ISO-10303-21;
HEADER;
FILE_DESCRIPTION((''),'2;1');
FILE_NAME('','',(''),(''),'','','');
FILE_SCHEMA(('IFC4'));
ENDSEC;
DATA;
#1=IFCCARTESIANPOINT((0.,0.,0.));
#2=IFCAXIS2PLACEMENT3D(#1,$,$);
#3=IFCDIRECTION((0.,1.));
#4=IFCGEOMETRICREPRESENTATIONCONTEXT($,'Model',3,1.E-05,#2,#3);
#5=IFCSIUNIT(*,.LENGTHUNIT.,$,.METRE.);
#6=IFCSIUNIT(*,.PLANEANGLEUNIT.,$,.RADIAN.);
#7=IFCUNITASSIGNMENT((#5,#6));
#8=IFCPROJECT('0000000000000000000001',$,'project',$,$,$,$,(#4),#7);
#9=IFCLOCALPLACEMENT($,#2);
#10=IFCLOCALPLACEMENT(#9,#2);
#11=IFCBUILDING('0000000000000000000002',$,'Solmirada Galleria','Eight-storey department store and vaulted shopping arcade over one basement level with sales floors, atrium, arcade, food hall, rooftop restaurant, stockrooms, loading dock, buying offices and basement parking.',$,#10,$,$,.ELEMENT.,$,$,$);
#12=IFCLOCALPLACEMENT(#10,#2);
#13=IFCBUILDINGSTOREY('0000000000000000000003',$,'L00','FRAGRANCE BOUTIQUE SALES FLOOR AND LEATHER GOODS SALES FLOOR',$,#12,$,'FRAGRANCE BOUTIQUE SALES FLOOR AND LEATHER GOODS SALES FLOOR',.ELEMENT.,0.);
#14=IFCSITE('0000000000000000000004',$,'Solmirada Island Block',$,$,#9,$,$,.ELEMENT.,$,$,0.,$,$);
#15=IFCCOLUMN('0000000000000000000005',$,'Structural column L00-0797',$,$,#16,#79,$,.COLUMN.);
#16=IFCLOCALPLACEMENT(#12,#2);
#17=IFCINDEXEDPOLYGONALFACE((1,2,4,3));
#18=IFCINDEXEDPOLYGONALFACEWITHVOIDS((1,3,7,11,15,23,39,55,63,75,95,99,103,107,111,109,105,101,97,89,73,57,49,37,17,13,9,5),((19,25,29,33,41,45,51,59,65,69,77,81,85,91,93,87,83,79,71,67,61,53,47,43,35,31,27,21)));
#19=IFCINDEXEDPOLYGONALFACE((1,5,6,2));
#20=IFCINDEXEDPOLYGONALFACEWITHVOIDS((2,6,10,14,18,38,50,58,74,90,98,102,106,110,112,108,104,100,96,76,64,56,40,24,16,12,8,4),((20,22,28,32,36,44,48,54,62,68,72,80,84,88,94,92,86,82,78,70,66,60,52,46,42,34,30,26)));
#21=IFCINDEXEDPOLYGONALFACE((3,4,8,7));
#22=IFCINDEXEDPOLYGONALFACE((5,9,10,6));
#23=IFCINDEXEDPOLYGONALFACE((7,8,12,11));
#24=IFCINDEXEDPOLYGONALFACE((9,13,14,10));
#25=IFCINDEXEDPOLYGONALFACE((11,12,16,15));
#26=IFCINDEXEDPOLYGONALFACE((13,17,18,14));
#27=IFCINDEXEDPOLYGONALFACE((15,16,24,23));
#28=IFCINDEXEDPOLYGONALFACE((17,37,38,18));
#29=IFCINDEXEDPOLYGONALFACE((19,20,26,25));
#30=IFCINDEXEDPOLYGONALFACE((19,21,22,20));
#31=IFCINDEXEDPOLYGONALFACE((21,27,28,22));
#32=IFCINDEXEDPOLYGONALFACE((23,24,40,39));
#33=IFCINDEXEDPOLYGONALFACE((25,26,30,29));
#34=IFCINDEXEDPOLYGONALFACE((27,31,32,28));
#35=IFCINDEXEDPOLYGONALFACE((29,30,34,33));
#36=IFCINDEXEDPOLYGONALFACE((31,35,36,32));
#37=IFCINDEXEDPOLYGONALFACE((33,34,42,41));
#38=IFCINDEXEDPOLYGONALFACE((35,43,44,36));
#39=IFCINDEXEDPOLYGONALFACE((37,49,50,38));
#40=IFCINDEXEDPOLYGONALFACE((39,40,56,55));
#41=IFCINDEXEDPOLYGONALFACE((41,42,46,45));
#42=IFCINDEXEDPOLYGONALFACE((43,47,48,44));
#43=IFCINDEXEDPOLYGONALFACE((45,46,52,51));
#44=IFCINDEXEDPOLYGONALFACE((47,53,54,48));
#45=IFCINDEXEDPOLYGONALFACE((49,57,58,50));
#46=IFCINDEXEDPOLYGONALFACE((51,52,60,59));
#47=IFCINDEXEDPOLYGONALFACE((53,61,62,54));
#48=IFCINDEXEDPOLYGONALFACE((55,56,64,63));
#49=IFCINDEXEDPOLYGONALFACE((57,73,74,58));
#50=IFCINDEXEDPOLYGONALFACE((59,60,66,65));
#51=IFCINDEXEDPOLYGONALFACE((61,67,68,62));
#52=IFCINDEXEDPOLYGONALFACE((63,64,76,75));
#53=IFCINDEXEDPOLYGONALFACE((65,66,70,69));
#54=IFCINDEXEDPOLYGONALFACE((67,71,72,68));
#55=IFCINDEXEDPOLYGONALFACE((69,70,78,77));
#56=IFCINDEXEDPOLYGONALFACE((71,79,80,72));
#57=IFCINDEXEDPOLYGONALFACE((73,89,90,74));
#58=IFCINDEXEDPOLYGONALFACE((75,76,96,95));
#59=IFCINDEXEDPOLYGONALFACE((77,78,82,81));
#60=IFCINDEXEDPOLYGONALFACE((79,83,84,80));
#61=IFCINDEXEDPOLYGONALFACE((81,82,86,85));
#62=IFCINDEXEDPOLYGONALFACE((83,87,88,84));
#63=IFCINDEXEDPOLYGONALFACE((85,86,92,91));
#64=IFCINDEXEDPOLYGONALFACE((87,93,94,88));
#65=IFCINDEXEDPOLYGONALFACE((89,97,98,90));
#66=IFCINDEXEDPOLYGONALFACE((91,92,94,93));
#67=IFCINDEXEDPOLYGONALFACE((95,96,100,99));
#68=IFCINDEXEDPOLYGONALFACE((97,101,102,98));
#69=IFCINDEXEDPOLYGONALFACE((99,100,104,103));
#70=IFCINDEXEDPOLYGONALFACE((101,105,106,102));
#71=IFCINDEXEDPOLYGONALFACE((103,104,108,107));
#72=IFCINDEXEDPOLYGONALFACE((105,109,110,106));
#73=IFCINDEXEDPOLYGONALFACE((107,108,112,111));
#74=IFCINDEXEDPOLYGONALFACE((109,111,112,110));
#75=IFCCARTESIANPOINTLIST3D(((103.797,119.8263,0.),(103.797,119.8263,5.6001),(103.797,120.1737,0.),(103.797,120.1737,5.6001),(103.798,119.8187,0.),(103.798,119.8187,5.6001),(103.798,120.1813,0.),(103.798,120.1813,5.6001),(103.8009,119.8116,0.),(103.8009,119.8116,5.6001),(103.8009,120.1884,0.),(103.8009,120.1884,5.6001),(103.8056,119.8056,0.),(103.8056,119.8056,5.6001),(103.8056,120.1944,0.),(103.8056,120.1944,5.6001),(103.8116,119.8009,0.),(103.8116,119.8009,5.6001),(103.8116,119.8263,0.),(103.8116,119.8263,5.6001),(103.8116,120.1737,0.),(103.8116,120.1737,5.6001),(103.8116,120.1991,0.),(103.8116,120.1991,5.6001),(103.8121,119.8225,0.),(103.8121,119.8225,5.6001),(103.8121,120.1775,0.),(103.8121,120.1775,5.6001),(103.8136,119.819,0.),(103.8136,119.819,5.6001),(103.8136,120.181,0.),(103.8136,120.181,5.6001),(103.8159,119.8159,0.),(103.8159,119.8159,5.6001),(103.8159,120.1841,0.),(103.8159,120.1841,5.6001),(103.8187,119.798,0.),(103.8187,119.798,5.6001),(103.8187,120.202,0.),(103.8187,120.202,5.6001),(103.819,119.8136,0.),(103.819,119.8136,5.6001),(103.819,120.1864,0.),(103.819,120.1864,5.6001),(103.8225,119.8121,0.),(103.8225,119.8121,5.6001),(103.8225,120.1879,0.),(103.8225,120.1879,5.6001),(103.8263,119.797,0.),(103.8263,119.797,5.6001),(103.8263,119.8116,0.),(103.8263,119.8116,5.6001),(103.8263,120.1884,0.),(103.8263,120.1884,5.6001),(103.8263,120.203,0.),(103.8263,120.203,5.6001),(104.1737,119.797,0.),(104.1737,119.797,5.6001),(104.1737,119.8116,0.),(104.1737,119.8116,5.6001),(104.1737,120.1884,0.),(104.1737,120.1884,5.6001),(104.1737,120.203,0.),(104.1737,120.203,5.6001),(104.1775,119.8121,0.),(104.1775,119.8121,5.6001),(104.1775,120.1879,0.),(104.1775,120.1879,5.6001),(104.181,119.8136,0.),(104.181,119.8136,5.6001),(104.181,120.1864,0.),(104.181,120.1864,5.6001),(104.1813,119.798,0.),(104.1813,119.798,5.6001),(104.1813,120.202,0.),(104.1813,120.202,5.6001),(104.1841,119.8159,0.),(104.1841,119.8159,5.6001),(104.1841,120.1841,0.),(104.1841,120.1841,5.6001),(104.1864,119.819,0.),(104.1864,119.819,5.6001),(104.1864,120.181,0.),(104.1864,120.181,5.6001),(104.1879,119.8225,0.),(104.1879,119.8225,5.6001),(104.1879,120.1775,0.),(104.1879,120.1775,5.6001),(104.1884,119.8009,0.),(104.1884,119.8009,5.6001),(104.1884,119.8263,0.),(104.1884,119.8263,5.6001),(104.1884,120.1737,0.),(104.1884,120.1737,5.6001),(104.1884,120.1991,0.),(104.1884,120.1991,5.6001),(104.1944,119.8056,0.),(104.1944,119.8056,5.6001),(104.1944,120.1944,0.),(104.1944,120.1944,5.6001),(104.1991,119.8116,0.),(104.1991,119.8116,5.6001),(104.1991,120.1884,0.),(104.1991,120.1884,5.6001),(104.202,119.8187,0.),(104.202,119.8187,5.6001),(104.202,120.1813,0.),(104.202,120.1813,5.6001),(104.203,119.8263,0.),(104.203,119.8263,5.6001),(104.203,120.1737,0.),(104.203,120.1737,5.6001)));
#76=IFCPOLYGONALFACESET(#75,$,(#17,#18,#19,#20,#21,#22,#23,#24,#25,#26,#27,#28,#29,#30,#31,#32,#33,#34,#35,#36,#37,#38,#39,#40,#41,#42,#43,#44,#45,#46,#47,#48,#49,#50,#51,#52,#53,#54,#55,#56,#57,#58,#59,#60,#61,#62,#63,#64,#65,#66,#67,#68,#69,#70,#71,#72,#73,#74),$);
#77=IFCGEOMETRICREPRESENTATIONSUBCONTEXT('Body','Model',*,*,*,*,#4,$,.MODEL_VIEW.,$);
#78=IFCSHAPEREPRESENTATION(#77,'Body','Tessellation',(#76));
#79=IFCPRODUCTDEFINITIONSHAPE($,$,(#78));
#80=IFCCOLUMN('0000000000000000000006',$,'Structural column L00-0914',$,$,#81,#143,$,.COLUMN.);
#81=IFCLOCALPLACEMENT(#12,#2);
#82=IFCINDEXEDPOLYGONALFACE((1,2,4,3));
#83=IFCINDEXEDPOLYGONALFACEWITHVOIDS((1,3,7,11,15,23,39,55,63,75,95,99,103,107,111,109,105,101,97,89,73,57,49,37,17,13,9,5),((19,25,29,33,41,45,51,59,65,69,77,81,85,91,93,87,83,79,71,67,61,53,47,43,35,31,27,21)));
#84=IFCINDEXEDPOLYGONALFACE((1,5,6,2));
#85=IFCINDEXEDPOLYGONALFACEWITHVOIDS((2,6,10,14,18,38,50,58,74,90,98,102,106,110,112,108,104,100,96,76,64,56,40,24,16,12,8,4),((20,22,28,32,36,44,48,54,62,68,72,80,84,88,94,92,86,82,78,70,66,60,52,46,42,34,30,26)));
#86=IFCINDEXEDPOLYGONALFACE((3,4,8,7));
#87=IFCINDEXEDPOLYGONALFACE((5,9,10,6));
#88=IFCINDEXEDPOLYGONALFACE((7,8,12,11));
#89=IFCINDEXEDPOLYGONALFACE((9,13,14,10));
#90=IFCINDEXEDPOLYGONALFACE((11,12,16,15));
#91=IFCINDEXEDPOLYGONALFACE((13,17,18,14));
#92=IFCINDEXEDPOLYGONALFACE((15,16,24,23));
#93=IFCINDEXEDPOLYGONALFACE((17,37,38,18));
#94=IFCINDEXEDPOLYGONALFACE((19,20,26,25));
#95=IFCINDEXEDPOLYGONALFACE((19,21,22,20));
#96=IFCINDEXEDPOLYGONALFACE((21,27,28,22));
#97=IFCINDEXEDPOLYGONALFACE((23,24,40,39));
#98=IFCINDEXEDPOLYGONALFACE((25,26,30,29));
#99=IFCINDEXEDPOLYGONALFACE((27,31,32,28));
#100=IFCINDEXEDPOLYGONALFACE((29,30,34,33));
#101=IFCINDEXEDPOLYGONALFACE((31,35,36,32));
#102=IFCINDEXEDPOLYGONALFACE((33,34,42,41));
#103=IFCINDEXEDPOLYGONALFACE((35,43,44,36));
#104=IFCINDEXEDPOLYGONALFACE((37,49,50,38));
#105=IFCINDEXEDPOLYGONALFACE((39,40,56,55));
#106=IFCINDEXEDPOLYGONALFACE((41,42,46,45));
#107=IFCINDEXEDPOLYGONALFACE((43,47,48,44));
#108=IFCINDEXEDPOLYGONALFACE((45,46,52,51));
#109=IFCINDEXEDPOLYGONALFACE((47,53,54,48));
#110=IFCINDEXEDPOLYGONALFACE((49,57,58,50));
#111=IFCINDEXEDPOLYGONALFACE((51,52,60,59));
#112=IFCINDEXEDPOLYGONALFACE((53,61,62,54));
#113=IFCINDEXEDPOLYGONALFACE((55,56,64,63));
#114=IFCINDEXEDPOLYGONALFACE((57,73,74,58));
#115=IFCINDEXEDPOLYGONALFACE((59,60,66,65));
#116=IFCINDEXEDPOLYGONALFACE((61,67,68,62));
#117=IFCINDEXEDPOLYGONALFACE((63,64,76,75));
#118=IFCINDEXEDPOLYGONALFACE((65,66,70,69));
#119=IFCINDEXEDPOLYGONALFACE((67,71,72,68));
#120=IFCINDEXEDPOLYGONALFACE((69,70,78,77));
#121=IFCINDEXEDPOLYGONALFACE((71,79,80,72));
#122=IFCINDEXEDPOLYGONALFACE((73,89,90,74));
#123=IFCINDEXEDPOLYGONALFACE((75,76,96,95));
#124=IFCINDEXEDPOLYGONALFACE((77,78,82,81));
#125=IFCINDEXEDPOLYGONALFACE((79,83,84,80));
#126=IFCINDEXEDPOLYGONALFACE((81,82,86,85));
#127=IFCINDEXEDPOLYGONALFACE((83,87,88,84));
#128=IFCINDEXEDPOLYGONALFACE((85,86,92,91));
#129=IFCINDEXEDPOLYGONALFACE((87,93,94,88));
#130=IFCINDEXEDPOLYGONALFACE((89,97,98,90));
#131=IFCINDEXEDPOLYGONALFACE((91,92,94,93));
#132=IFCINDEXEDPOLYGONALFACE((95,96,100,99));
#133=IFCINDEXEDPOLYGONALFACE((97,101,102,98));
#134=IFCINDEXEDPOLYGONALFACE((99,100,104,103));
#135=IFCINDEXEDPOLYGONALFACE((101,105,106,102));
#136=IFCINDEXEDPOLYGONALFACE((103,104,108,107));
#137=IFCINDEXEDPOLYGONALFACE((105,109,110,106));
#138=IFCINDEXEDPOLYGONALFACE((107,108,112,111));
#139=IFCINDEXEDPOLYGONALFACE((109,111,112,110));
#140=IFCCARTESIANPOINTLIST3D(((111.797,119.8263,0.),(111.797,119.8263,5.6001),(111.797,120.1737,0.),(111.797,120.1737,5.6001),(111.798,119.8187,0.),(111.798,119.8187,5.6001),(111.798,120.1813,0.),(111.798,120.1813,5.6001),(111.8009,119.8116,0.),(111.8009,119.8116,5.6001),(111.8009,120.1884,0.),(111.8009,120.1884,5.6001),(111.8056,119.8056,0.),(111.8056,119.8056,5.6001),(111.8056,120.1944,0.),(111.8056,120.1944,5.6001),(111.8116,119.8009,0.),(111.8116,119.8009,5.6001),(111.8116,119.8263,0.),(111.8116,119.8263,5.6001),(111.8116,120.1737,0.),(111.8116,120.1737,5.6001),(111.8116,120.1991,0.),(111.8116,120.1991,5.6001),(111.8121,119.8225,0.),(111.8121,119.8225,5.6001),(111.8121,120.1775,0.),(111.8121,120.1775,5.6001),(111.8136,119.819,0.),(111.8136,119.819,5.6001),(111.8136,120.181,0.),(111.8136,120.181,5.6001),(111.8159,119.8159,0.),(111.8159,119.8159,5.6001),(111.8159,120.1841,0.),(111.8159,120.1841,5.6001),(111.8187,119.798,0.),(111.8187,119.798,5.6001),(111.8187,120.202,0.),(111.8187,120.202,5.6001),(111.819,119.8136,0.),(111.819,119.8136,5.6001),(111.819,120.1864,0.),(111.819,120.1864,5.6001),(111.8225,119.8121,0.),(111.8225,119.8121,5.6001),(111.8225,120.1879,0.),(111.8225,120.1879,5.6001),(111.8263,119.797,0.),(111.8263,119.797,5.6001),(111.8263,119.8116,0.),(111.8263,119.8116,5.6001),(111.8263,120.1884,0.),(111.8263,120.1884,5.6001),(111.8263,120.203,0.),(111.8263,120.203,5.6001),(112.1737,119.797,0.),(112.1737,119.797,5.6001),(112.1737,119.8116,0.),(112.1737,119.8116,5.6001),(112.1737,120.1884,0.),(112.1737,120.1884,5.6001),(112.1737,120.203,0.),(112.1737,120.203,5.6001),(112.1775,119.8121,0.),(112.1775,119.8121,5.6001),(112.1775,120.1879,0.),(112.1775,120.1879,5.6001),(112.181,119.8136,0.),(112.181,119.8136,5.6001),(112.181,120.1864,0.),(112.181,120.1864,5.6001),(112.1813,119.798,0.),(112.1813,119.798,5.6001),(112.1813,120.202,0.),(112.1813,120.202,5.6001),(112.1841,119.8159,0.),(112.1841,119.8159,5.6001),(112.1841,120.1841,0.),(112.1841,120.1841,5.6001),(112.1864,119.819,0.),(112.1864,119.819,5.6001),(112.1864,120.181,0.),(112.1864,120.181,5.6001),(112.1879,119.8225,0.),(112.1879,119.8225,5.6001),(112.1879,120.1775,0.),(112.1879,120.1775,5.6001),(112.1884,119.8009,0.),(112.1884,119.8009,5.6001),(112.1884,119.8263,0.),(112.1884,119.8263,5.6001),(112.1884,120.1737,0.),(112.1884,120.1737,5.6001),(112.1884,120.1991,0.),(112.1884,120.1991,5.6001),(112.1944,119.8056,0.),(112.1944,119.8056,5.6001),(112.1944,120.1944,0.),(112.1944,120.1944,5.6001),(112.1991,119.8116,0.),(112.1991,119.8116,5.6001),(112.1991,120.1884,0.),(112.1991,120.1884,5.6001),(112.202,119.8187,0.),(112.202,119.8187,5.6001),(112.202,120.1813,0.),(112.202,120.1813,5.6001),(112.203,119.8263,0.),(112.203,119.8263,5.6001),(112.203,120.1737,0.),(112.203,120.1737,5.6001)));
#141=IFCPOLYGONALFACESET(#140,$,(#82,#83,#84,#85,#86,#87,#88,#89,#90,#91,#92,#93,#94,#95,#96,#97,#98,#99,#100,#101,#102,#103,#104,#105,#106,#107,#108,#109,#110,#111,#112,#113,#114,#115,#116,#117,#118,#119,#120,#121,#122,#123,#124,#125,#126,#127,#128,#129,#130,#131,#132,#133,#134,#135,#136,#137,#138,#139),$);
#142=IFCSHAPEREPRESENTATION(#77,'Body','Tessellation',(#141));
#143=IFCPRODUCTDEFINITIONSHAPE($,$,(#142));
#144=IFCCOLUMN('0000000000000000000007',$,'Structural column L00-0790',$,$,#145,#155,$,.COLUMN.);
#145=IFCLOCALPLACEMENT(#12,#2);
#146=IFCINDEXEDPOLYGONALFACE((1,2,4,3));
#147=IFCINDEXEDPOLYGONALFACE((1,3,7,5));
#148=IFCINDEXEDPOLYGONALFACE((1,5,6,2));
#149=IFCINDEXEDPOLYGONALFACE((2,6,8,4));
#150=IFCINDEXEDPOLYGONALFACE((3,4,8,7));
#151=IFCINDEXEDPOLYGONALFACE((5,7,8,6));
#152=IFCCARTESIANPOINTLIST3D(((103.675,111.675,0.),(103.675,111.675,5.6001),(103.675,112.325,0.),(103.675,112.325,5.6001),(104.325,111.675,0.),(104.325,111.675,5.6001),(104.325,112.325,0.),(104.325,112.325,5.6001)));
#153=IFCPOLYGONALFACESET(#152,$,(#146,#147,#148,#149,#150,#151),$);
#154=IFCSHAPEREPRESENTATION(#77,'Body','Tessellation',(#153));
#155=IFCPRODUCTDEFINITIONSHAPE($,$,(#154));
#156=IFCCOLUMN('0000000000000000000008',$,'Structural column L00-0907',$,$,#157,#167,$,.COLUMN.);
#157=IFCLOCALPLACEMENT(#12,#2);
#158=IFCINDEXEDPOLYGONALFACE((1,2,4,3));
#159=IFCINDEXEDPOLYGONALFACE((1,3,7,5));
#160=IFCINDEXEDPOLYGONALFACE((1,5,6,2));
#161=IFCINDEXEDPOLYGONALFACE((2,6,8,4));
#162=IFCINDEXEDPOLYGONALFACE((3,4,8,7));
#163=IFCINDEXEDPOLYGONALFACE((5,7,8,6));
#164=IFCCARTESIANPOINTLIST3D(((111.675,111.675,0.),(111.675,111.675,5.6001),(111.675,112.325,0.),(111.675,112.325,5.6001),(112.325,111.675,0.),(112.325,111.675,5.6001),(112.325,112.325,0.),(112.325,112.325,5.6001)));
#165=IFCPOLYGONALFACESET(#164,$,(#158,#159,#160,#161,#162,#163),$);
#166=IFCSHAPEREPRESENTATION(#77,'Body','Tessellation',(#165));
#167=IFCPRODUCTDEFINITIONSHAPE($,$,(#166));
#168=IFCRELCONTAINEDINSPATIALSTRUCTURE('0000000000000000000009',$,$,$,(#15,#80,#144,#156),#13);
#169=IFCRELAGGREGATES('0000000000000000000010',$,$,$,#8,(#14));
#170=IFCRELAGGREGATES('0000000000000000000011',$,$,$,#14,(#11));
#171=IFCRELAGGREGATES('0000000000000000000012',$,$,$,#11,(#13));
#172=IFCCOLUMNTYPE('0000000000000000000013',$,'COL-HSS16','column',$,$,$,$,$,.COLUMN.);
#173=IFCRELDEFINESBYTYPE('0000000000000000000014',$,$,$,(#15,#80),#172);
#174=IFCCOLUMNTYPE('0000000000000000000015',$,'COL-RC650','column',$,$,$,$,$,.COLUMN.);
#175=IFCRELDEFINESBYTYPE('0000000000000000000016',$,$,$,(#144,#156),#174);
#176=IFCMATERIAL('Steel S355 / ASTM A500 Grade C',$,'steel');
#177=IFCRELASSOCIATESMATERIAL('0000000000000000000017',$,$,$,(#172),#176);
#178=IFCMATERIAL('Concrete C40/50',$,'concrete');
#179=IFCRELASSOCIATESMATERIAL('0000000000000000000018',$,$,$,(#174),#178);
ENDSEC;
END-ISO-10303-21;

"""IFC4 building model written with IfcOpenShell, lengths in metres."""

from ifc_helpers import new_model, si_unit, direction, frame, origin, origin_2d, place, context, subcontext, project, spatial, rectangle, hollow_rectangle, extrude, material, material_profile, profile_set, type_object, element, save


model = new_model("IFC4")

# Units and contexts
model_context = context("Model", 3, precision=1e-05, world=origin(), true_north=direction((0.0, 1.0)))
body_context = subcontext(model_context, "Body", "Model", "MODEL_VIEW")
ifc_project = project(units=[si_unit("LENGTHUNIT", "METRE"), si_unit("PLANEANGLEUNIT", "RADIAN")], contexts=[model_context])

# Site, building, storey
site_placement = place(None, origin())
site = spatial("IfcSite", under=ifc_project, at=site_placement, Name="Solmirada Island Block", CompositionType="ELEMENT", RefElevation=0.0)
building_placement = place(site_placement, origin())
building = spatial("IfcBuilding", under=site, at=building_placement, Name="Solmirada Galleria", Description="Eight-storey department store and vaulted shopping arcade over one basement level with sales floors, atrium, arcade, food hall, rooftop restaurant, stockrooms, loading dock, buying offices and basement parking.", CompositionType="ELEMENT")
storey_placement = place(building_placement, origin())
storey = spatial("IfcBuildingStorey", under=building, at=storey_placement, Name="L00", Description="FRAGRANCE BOUTIQUE SALES FLOOR AND LEATHER GOODS SALES FLOOR", LongName="FRAGRANCE BOUTIQUE SALES FLOOR AND LEATHER GOODS SALES FLOOR", CompositionType="ELEMENT", Elevation=0.0)

# Columns
ifc_material_1 = material(Name="Steel S355 / ASTM A500 Grade C", Category="steel")
ifc_material_profile_1 = material_profile(ifc_material_1, hollow_rectangle(XDim=0.406, YDim=0.406, WallThickness=0.0146, InnerFilletRadius=0.0146, OuterFilletRadius=0.0293, at=origin_2d()), Name="HSS16X16X5/8")
ifc_profile_set_1 = profile_set([ifc_material_profile_1], Name="Steel S355 / ASTM A500 Grade C")
column_type_1 = type_object("IfcColumnType", Name="COL-HSS16", Description="column", PredefinedType="COLUMN", material=ifc_profile_set_1)
for number, where, z_axis, x_axis, name in (
    (1, (104.0, 120.0, 0.0), (0.0, 0.0, 1.0), (1.0, 0.0, 0.0), "Structural column L00-0797"),
    (2, (112.0, 120.0, 0.0), (0.0, 0.0, 1.0), (1.0, 0.0, 0.0), "Structural column L00-0914"),
):
    element("IfcColumn", number, at=place(storey_placement, frame(where, z_axis=z_axis, x_axis=x_axis)), inside=storey, type_object=column_type_1, Name=name, PredefinedType="COLUMN", context=body_context, shape_type="SweptSolid", body=[
        extrude(hollow_rectangle(XDim=0.406, YDim=0.406, WallThickness=0.0146, InnerFilletRadius=0.0146, OuterFilletRadius=0.0293, at=origin_2d()), origin(), (0.0, 0.0, 1.0), 5.6001),
    ])
ifc_material_2 = material(Name="Concrete C40/50", Category="concrete")
ifc_material_profile_2 = material_profile(ifc_material_2, rectangle(XDim=0.6499, YDim=0.6499, at=origin_2d()), Name="RC650X650")
ifc_profile_set_2 = profile_set([ifc_material_profile_2], Name="Concrete C40/50")
column_type_2 = type_object("IfcColumnType", Name="COL-RC650", Description="column", PredefinedType="COLUMN", material=ifc_profile_set_2)
for number, where, z_axis, x_axis, name in (
    (3, (104.0, 112.0, 0.0), (0.0, 0.0, 1.0), (1.0, 0.0, 0.0), "Structural column L00-0790"),
    (4, (112.0, 112.0, 0.0), (0.0, 0.0, 1.0), (1.0, 0.0, 0.0), "Structural column L00-0907"),
):
    element("IfcColumn", number, at=place(storey_placement, frame(where, z_axis=z_axis, x_axis=x_axis)), inside=storey, type_object=column_type_2, Name=name, PredefinedType="COLUMN", context=body_context, shape_type="SweptSolid", body=[
        extrude(rectangle(XDim=0.6499, YDim=0.6499, at=origin_2d()), origin(), (0.0, 0.0, 1.0), 5.6001),
    ])

save(model, "model.ifc")
